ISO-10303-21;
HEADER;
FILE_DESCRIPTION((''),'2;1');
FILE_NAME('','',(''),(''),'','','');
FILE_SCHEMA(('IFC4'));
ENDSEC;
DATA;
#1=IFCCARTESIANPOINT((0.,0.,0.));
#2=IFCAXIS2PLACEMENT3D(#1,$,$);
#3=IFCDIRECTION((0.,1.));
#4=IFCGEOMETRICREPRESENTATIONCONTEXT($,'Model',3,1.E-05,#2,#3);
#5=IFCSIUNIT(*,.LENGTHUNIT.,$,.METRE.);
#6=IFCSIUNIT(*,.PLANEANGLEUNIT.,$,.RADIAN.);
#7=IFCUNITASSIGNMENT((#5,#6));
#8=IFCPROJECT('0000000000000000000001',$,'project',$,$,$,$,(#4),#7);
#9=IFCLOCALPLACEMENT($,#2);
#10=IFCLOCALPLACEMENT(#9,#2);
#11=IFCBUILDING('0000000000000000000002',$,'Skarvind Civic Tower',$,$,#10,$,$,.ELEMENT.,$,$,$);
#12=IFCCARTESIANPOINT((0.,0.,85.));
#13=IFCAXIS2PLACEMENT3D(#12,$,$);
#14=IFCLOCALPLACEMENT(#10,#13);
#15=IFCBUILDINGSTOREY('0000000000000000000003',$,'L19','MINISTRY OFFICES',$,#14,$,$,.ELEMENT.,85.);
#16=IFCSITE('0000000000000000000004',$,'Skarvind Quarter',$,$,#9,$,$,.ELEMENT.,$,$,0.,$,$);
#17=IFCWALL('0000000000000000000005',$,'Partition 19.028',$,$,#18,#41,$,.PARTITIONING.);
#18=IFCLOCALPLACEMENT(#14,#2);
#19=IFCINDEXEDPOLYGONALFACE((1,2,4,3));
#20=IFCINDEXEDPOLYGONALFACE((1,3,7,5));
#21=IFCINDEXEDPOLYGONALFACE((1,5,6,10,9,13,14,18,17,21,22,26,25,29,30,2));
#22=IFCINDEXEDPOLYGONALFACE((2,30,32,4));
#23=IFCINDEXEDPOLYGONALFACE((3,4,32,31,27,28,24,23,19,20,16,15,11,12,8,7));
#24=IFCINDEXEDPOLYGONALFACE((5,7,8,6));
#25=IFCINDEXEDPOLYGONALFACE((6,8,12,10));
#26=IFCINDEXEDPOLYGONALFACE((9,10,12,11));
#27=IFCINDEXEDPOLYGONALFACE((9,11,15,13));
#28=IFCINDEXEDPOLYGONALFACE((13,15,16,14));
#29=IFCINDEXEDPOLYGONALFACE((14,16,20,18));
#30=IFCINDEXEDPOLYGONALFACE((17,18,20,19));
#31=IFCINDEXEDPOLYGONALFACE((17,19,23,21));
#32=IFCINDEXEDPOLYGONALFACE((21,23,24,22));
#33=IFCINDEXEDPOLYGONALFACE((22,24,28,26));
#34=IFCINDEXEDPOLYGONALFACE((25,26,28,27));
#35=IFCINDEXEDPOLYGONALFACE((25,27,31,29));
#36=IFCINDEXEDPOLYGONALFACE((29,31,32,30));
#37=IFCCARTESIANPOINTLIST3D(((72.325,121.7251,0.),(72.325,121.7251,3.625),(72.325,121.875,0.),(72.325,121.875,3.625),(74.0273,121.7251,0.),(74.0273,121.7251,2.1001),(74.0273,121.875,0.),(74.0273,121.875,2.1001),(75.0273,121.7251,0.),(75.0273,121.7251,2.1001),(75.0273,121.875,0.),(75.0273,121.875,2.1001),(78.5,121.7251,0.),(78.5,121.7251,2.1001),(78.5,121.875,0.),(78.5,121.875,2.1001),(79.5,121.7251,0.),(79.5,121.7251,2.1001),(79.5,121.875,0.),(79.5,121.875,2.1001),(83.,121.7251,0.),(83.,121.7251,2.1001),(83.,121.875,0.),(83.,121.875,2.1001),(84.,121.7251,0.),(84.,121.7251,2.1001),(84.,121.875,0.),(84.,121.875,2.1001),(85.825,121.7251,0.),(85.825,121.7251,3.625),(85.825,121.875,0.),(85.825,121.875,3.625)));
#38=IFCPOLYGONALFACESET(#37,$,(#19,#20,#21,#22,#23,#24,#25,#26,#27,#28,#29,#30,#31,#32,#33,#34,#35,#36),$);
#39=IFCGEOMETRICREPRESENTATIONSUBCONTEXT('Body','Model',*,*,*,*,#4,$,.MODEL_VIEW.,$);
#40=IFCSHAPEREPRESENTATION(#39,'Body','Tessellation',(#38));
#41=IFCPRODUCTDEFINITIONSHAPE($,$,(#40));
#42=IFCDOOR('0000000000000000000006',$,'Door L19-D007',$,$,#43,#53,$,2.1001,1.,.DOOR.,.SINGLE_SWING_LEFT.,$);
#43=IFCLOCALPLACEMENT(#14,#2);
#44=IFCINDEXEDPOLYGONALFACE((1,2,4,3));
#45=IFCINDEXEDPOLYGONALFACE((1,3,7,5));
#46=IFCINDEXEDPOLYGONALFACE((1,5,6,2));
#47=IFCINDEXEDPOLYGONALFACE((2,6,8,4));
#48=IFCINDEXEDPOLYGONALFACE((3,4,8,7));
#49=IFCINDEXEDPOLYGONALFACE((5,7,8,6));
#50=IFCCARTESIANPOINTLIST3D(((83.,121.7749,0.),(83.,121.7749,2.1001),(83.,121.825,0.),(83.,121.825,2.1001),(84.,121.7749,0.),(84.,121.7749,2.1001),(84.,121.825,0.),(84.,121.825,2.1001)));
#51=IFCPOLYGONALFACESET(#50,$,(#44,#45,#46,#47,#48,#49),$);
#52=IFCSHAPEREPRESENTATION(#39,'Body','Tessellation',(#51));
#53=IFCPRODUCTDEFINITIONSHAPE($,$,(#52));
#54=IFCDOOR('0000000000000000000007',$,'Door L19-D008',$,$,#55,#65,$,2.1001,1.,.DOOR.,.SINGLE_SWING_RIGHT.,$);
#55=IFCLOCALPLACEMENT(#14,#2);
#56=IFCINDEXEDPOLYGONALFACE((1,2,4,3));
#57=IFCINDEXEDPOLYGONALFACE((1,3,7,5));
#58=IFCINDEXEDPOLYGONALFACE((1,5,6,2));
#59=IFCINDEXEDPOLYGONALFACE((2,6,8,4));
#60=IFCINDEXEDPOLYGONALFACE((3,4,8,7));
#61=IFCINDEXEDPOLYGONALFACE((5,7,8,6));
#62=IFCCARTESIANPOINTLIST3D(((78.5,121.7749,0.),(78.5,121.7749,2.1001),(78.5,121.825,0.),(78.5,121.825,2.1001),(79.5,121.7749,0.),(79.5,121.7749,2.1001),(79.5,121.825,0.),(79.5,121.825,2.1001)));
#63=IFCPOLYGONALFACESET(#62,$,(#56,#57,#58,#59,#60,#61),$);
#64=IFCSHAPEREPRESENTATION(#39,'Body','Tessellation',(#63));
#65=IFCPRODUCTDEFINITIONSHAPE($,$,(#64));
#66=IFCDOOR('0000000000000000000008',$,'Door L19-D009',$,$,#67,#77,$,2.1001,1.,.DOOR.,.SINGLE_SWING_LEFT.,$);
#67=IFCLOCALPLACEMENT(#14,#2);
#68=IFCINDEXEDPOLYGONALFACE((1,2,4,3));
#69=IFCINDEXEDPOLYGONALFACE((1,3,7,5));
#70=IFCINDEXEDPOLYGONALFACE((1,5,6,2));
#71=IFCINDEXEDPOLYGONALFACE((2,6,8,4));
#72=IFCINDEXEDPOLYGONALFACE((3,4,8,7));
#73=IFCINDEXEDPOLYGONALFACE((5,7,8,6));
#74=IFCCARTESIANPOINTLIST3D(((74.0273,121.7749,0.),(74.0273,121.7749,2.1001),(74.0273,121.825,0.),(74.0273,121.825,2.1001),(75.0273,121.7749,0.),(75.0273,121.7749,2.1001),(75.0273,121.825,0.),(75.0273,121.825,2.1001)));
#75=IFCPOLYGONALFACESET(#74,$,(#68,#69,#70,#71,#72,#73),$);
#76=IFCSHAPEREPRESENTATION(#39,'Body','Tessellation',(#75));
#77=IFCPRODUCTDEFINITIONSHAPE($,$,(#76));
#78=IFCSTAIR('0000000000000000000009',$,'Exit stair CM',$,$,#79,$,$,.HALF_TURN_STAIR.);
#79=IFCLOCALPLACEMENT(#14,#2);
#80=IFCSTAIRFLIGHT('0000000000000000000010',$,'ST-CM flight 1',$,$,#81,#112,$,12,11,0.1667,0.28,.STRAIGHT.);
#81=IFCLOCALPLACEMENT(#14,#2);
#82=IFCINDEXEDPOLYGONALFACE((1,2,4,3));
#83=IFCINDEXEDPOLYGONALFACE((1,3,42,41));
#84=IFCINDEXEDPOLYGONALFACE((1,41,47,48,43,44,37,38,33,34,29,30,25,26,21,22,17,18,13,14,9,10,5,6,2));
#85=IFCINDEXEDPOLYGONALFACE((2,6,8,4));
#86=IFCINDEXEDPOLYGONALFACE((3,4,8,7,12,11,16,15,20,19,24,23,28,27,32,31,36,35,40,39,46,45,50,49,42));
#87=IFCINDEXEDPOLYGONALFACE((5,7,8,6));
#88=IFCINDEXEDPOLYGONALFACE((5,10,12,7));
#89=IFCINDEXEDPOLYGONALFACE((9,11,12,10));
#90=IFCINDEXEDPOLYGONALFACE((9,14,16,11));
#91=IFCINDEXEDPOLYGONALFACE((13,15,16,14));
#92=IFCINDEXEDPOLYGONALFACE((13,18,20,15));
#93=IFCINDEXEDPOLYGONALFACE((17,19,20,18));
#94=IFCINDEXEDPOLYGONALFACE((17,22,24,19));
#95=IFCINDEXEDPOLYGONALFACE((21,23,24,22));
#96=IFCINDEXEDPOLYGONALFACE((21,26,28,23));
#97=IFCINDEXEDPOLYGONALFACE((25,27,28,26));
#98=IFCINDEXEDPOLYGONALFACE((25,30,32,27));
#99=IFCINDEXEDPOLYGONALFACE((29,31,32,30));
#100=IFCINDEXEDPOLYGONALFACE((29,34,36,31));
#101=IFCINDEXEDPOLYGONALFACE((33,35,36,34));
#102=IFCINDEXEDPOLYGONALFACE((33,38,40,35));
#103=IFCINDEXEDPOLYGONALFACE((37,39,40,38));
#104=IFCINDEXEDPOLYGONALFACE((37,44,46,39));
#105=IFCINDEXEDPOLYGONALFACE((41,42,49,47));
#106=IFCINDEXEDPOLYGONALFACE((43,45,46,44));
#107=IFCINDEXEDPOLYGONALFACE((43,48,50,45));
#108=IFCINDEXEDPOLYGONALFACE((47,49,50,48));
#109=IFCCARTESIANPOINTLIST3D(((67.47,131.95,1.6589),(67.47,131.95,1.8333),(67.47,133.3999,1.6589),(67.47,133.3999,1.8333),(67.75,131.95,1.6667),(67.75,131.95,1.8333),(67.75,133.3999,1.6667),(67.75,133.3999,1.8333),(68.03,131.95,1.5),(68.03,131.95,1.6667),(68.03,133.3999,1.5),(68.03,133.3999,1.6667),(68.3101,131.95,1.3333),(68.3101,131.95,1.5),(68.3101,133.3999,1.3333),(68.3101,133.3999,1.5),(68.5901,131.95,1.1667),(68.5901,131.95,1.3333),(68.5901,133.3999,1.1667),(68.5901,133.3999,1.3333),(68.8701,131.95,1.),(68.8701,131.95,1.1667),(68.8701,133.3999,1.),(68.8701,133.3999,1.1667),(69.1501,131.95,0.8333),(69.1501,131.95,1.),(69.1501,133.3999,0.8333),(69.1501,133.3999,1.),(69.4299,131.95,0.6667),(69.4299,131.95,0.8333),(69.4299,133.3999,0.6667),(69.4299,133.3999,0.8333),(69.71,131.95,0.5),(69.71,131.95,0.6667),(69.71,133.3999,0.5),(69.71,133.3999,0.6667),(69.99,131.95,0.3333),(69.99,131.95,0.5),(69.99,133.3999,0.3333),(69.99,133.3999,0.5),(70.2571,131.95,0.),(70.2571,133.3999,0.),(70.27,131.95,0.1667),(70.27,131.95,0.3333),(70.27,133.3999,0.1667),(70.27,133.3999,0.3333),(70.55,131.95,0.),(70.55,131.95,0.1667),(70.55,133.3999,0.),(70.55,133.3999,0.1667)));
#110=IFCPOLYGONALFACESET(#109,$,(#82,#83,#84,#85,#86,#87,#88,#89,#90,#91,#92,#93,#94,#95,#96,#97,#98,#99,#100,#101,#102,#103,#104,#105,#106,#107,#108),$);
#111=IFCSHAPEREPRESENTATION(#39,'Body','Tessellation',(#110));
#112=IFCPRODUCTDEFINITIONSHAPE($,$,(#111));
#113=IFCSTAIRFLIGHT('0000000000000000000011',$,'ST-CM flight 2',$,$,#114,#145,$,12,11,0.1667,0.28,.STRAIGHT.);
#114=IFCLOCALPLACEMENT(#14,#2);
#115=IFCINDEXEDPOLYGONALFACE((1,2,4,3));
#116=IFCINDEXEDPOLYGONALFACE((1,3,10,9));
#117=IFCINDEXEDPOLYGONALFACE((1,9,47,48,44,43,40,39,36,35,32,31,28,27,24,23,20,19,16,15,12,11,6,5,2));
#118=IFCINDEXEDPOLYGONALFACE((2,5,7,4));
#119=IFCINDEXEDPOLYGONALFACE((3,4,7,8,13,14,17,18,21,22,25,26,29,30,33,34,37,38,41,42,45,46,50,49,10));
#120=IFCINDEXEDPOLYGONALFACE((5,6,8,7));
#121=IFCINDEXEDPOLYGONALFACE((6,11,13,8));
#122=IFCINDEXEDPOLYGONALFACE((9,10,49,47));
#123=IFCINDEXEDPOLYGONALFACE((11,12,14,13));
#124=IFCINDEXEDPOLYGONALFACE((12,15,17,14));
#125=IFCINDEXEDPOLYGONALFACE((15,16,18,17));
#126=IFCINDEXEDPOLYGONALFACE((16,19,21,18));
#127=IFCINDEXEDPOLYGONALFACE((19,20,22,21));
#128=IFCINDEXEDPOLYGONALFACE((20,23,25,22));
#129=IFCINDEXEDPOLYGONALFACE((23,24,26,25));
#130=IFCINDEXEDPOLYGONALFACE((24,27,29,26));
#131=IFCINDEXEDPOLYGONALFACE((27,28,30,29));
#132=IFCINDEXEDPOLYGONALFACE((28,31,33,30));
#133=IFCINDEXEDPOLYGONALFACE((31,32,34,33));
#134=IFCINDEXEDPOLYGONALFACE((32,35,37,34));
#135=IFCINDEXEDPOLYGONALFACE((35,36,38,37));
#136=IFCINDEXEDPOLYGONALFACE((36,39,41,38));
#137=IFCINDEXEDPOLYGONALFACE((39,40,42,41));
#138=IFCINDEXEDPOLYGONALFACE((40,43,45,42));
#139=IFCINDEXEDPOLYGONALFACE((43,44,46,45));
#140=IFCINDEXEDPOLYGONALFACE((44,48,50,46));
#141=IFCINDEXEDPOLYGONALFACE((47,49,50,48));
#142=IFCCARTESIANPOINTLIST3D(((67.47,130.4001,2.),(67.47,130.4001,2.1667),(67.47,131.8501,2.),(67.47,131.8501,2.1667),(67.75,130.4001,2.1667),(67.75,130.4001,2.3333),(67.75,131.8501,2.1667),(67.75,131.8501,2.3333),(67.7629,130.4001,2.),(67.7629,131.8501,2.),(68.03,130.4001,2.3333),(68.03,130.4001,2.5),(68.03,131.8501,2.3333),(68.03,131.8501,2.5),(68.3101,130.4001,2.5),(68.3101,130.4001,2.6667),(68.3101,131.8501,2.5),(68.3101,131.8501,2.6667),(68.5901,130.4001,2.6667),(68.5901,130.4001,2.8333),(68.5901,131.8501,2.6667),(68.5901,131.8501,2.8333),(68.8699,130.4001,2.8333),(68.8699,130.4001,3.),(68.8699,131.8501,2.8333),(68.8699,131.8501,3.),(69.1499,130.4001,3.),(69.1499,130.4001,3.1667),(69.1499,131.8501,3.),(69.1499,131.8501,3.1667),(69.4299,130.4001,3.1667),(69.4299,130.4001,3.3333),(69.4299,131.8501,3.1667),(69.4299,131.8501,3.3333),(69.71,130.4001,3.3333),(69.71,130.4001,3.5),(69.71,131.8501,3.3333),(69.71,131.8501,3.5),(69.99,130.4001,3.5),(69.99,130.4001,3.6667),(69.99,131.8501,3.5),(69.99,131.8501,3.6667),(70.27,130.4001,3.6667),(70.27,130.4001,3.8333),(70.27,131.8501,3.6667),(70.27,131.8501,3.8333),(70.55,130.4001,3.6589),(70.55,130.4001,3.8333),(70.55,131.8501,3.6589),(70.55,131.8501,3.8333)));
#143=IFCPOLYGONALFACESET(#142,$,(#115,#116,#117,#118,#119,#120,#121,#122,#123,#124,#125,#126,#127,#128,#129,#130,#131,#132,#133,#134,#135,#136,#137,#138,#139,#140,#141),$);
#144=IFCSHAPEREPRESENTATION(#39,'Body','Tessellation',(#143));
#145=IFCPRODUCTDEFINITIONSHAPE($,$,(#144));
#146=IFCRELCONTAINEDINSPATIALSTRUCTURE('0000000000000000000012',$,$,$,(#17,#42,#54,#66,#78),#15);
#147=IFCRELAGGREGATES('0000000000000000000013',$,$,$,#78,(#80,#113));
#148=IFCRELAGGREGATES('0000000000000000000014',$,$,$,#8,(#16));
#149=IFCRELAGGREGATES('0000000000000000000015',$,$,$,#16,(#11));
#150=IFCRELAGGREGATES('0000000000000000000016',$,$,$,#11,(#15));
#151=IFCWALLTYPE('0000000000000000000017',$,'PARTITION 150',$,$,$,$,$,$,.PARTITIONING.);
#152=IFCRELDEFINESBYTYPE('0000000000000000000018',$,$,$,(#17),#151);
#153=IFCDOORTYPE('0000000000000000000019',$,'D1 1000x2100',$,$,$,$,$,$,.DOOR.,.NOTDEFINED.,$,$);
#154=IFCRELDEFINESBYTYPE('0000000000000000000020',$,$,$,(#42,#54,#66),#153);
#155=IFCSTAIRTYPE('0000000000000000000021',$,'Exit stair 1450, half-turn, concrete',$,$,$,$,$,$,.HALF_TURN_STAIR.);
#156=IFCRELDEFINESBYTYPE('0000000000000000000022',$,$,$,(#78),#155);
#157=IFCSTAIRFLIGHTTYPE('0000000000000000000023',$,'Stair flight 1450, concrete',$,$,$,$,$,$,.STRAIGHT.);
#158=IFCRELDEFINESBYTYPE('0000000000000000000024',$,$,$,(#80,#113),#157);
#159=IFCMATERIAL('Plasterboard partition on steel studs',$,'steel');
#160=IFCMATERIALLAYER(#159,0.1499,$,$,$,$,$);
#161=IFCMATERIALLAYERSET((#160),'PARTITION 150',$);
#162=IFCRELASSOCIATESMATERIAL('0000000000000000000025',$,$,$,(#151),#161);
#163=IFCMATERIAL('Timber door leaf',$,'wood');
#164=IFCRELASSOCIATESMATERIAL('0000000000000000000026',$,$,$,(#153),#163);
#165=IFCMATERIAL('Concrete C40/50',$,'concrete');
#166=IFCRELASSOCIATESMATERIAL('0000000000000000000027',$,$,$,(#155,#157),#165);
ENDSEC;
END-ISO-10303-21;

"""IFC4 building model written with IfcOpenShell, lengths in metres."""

from ifc_helpers import new_model, si_unit, direction, frame, frame_2d, origin, place, context, subcontext, project, spatial, polyline, rectangle, outline, extrude, material, layer, layer_set, type_object, element, fill, aggregate, save


model = new_model("IFC4")

# Units and contexts
model_context = context("Model", 3, precision=1e-05, world=origin(), true_north=direction((0.0, 1.0)))
body_context = subcontext(model_context, "Body", "Model", "MODEL_VIEW")
ifc_project = project(units=[si_unit("LENGTHUNIT", "METRE"), si_unit("PLANEANGLEUNIT", "RADIAN")], contexts=[model_context])

# Site, building, storey
site_placement = place(None, origin())
site = spatial("IfcSite", under=ifc_project, at=site_placement, Name="Skarvind Quarter", CompositionType="ELEMENT", RefElevation=0.0)
building_placement = place(site_placement, origin())
building = spatial("IfcBuilding", under=site, at=building_placement, Name="Skarvind Civic Tower", CompositionType="ELEMENT")
storey_placement = place(building_placement, frame((0.0, 0.0, 85.0)))
storey = spatial("IfcBuildingStorey", under=building, at=storey_placement, Name="L19", Description="MINISTRY OFFICES", CompositionType="ELEMENT", Elevation=85.0)

# Shared definitions
ifc_material_1 = material(Name="Plasterboard partition on steel studs", Category="steel")
ifc_layer_1 = layer(ifc_material_1, 0.1499)
ifc_layer_set_1 = layer_set([ifc_layer_1], Name="PARTITION 150")
wall_type_1 = type_object("IfcWallType", Name="PARTITION 150", PredefinedType="PARTITIONING", material=ifc_layer_set_1)

# Wall, openings, doors
wall_1_placement = place(storey_placement, frame((72.325, 121.8, 0.0), z_axis=(0.0, 0.0, 1.0), x_axis=(1.0, 0.0, 0.0)))
wall_1 = element("IfcWall", 1, at=wall_1_placement, inside=storey, type_object=wall_type_1, Name="Partition 19.028", PredefinedType="PARTITIONING", context=body_context, shape_type="SweptSolid", body=[
    extrude(rectangle(XDim=13.5, YDim=0.1499, at=frame_2d((6.75, 0.0))), origin(), (0.0, 0.0, 1.0), 3.625),
])
opening_1_placement = place(wall_1_placement, frame((10.675, 0.0, 0.0)))
opening_1 = element("IfcOpeningElement", 2, at=opening_1_placement, cuts=wall_1, PredefinedType="OPENING", context=body_context, shape_type="SweptSolid", body=[
    extrude(rectangle(XDim=1.0, YDim=2.1001, at=frame_2d((0.5, 1.05))), frame((0.0, 0.085, 0.0), z_axis=(0.0, -1.0, 0.0), x_axis=(1.0, 0.0, 0.0)), (0.0, 0.0, 1.0), 0.1699),
])
opening_2_placement = place(wall_1_placement, frame((6.175, 0.0, 0.0)))
opening_2 = element("IfcOpeningElement", 3, at=opening_2_placement, cuts=wall_1, PredefinedType="OPENING", context=body_context, shape_type="SweptSolid", body=[
    extrude(rectangle(XDim=1.0, YDim=2.1001, at=frame_2d((0.5, 1.05))), frame((0.0, 0.085, 0.0), z_axis=(0.0, -1.0, 0.0), x_axis=(1.0, 0.0, 0.0)), (0.0, 0.0, 1.0), 0.1699),
])
opening_3_placement = place(wall_1_placement, frame((1.7024, 0.0, 0.0)))
opening_3 = element("IfcOpeningElement", 4, at=opening_3_placement, cuts=wall_1, PredefinedType="OPENING", context=body_context, shape_type="SweptSolid", body=[
    extrude(rectangle(XDim=1.0, YDim=2.1001, at=frame_2d((0.5, 1.05))), frame((0.0, 0.085, 0.0), z_axis=(0.0, -1.0, 0.0), x_axis=(1.0, 0.0, 0.0)), (0.0, 0.0, 1.0), 0.1699),
])
ifc_material_2 = material(Name="Timber door leaf", Category="wood")
door_type_1 = type_object("IfcDoorType", Name="D1 1000x2100", OperationType="NOTDEFINED", PredefinedType="DOOR", material=ifc_material_2)
door_1_placement = place(opening_1_placement, origin())
door_1 = element("IfcDoor", 5, at=door_1_placement, inside=storey, type_object=door_type_1, Name="Door L19-D007", OperationType="SINGLE_SWING_LEFT", OverallHeight=2.1001, OverallWidth=1.0, PredefinedType="DOOR", context=body_context, shape_type="SweptSolid", body=[
    extrude(rectangle(XDim=1.0, YDim=2.1001, at=frame_2d((0.5, 1.05))), frame((0.0, 0.0249, 0.0), z_axis=(0.0, -1.0, 0.0), x_axis=(1.0, 0.0, 0.0)), (0.0, 0.0, 1.0), 0.05),
])
fill(opening_1, door_1)
door_2_placement = place(opening_2_placement, origin())
door_2 = element("IfcDoor", 6, at=door_2_placement, inside=storey, type_object=door_type_1, Name="Door L19-D008", OperationType="SINGLE_SWING_RIGHT", OverallHeight=2.1001, OverallWidth=1.0, PredefinedType="DOOR", context=body_context, shape_type="SweptSolid", body=[
    extrude(rectangle(XDim=1.0, YDim=2.1001, at=frame_2d((0.5, 1.05))), frame((0.0, 0.0249, 0.0), z_axis=(0.0, -1.0, 0.0), x_axis=(1.0, 0.0, 0.0)), (0.0, 0.0, 1.0), 0.05),
])
fill(opening_2, door_2)
door_3_placement = place(opening_3_placement, origin())
door_3 = element("IfcDoor", 7, at=door_3_placement, inside=storey, type_object=door_type_1, Name="Door L19-D009", OperationType="SINGLE_SWING_LEFT", OverallHeight=2.1001, OverallWidth=1.0, PredefinedType="DOOR", context=body_context, shape_type="SweptSolid", body=[
    extrude(rectangle(XDim=1.0, YDim=2.1001, at=frame_2d((0.5, 1.05))), frame((0.0, 0.0249, 0.0), z_axis=(0.0, -1.0, 0.0), x_axis=(1.0, 0.0, 0.0)), (0.0, 0.0, 1.0), 0.05),
])
fill(opening_3, door_3)

# Stair, stair flights
ifc_material_3 = material(Name="Concrete C40/50", Category="concrete")
stair_type = type_object("IfcStairType", Name="Exit stair 1450, half-turn, concrete", PredefinedType="HALF_TURN_STAIR", material=ifc_material_3)
stair_placement = place(storey_placement, origin())
stair = element("IfcStair", 8, at=stair_placement, inside=storey, type_object=stair_type, Name="Exit stair CM", PredefinedType="HALF_TURN_STAIR")
stair_flight_type = type_object("IfcStairFlightType", Name="Stair flight 1450, concrete", PredefinedType="STRAIGHT", material=ifc_material_3)
stair_flight_1_placement = place(storey_placement, frame((70.55, 132.675, 0.0), z_axis=(0.0, 0.0, 1.0), x_axis=(-1.0, 0.0, 0.0)))
stair_flight_1 = element("IfcStairFlight", 9, at=stair_flight_1_placement, type_object=stair_flight_type, Name="ST-CM flight 1", NumberOfRisers=12, NumberOfTreads=11, PredefinedType="STRAIGHT", RiserHeight=0.1667, TreadLength=0.28, context=body_context, shape_type="SweptSolid", body=[
    extrude(outline(polyline([(0.0, 0.0), (0.0, 0.1667), (0.28, 0.1667), (0.28, 0.3333), (0.5601, 0.3333), (0.5601, 0.5), (0.8401, 0.5), (0.8401, 0.6667), (1.1201, 0.6667), (1.1201, 0.8333), (1.3999, 0.8333), (1.3999, 1.0), (1.6799, 1.0), (1.6799, 1.1667), (1.96, 1.1667), (1.96, 1.3333), (2.24, 1.3333), (2.24, 1.5), (2.52, 1.5), (2.52, 1.6667), (2.8, 1.6667), (2.8, 1.8333), (3.0801, 1.8333), (3.0801, 2.0), (3.0801, 1.6589), (0.293, 0.0), (0.0, 0.0)])), frame((0.0, 0.7251, 0.0), z_axis=(0.0, -1.0, 0.0), x_axis=(1.0, 0.0, 0.0)), (0.0, 0.0, 1.0), 1.45),
])
stair_flight_2_placement = place(storey_placement, frame((67.47, 131.125, 2.0), z_axis=(0.0, 0.0, 1.0), x_axis=(1.0, 0.0, 0.0)))
stair_flight_2 = element("IfcStairFlight", 10, at=stair_flight_2_placement, type_object=stair_flight_type, Name="ST-CM flight 2", NumberOfRisers=12, NumberOfTreads=11, PredefinedType="STRAIGHT", RiserHeight=0.1667, TreadLength=0.28, context=body_context, shape_type="SweptSolid", body=[
    extrude(outline(polyline([(0.0, 0.0), (0.0, 0.1667), (0.28, 0.1667), (0.28, 0.3333), (0.5601, 0.3333), (0.5601, 0.5), (0.8401, 0.5), (0.8401, 0.6667), (1.1201, 0.6667), (1.1201, 0.8333), (1.3999, 0.8333), (1.3999, 1.0), (1.6799, 1.0), (1.6799, 1.1667), (1.96, 1.1667), (1.96, 1.3333), (2.24, 1.3333), (2.24, 1.5), (2.52, 1.5), (2.52, 1.6667), (2.8, 1.6667), (2.8, 1.8333), (3.0801, 1.8333), (3.0801, 2.0), (3.0801, 1.6589), (0.293, 0.0), (0.0, 0.0)])), frame((0.0, 0.7251, 0.0), z_axis=(0.0, -1.0, 0.0), x_axis=(1.0, 0.0, 0.0)), (0.0, 0.0, 1.0), 1.45),
])
aggregate(stair, [stair_flight_1, stair_flight_2])

save(model, "model.ifc")
